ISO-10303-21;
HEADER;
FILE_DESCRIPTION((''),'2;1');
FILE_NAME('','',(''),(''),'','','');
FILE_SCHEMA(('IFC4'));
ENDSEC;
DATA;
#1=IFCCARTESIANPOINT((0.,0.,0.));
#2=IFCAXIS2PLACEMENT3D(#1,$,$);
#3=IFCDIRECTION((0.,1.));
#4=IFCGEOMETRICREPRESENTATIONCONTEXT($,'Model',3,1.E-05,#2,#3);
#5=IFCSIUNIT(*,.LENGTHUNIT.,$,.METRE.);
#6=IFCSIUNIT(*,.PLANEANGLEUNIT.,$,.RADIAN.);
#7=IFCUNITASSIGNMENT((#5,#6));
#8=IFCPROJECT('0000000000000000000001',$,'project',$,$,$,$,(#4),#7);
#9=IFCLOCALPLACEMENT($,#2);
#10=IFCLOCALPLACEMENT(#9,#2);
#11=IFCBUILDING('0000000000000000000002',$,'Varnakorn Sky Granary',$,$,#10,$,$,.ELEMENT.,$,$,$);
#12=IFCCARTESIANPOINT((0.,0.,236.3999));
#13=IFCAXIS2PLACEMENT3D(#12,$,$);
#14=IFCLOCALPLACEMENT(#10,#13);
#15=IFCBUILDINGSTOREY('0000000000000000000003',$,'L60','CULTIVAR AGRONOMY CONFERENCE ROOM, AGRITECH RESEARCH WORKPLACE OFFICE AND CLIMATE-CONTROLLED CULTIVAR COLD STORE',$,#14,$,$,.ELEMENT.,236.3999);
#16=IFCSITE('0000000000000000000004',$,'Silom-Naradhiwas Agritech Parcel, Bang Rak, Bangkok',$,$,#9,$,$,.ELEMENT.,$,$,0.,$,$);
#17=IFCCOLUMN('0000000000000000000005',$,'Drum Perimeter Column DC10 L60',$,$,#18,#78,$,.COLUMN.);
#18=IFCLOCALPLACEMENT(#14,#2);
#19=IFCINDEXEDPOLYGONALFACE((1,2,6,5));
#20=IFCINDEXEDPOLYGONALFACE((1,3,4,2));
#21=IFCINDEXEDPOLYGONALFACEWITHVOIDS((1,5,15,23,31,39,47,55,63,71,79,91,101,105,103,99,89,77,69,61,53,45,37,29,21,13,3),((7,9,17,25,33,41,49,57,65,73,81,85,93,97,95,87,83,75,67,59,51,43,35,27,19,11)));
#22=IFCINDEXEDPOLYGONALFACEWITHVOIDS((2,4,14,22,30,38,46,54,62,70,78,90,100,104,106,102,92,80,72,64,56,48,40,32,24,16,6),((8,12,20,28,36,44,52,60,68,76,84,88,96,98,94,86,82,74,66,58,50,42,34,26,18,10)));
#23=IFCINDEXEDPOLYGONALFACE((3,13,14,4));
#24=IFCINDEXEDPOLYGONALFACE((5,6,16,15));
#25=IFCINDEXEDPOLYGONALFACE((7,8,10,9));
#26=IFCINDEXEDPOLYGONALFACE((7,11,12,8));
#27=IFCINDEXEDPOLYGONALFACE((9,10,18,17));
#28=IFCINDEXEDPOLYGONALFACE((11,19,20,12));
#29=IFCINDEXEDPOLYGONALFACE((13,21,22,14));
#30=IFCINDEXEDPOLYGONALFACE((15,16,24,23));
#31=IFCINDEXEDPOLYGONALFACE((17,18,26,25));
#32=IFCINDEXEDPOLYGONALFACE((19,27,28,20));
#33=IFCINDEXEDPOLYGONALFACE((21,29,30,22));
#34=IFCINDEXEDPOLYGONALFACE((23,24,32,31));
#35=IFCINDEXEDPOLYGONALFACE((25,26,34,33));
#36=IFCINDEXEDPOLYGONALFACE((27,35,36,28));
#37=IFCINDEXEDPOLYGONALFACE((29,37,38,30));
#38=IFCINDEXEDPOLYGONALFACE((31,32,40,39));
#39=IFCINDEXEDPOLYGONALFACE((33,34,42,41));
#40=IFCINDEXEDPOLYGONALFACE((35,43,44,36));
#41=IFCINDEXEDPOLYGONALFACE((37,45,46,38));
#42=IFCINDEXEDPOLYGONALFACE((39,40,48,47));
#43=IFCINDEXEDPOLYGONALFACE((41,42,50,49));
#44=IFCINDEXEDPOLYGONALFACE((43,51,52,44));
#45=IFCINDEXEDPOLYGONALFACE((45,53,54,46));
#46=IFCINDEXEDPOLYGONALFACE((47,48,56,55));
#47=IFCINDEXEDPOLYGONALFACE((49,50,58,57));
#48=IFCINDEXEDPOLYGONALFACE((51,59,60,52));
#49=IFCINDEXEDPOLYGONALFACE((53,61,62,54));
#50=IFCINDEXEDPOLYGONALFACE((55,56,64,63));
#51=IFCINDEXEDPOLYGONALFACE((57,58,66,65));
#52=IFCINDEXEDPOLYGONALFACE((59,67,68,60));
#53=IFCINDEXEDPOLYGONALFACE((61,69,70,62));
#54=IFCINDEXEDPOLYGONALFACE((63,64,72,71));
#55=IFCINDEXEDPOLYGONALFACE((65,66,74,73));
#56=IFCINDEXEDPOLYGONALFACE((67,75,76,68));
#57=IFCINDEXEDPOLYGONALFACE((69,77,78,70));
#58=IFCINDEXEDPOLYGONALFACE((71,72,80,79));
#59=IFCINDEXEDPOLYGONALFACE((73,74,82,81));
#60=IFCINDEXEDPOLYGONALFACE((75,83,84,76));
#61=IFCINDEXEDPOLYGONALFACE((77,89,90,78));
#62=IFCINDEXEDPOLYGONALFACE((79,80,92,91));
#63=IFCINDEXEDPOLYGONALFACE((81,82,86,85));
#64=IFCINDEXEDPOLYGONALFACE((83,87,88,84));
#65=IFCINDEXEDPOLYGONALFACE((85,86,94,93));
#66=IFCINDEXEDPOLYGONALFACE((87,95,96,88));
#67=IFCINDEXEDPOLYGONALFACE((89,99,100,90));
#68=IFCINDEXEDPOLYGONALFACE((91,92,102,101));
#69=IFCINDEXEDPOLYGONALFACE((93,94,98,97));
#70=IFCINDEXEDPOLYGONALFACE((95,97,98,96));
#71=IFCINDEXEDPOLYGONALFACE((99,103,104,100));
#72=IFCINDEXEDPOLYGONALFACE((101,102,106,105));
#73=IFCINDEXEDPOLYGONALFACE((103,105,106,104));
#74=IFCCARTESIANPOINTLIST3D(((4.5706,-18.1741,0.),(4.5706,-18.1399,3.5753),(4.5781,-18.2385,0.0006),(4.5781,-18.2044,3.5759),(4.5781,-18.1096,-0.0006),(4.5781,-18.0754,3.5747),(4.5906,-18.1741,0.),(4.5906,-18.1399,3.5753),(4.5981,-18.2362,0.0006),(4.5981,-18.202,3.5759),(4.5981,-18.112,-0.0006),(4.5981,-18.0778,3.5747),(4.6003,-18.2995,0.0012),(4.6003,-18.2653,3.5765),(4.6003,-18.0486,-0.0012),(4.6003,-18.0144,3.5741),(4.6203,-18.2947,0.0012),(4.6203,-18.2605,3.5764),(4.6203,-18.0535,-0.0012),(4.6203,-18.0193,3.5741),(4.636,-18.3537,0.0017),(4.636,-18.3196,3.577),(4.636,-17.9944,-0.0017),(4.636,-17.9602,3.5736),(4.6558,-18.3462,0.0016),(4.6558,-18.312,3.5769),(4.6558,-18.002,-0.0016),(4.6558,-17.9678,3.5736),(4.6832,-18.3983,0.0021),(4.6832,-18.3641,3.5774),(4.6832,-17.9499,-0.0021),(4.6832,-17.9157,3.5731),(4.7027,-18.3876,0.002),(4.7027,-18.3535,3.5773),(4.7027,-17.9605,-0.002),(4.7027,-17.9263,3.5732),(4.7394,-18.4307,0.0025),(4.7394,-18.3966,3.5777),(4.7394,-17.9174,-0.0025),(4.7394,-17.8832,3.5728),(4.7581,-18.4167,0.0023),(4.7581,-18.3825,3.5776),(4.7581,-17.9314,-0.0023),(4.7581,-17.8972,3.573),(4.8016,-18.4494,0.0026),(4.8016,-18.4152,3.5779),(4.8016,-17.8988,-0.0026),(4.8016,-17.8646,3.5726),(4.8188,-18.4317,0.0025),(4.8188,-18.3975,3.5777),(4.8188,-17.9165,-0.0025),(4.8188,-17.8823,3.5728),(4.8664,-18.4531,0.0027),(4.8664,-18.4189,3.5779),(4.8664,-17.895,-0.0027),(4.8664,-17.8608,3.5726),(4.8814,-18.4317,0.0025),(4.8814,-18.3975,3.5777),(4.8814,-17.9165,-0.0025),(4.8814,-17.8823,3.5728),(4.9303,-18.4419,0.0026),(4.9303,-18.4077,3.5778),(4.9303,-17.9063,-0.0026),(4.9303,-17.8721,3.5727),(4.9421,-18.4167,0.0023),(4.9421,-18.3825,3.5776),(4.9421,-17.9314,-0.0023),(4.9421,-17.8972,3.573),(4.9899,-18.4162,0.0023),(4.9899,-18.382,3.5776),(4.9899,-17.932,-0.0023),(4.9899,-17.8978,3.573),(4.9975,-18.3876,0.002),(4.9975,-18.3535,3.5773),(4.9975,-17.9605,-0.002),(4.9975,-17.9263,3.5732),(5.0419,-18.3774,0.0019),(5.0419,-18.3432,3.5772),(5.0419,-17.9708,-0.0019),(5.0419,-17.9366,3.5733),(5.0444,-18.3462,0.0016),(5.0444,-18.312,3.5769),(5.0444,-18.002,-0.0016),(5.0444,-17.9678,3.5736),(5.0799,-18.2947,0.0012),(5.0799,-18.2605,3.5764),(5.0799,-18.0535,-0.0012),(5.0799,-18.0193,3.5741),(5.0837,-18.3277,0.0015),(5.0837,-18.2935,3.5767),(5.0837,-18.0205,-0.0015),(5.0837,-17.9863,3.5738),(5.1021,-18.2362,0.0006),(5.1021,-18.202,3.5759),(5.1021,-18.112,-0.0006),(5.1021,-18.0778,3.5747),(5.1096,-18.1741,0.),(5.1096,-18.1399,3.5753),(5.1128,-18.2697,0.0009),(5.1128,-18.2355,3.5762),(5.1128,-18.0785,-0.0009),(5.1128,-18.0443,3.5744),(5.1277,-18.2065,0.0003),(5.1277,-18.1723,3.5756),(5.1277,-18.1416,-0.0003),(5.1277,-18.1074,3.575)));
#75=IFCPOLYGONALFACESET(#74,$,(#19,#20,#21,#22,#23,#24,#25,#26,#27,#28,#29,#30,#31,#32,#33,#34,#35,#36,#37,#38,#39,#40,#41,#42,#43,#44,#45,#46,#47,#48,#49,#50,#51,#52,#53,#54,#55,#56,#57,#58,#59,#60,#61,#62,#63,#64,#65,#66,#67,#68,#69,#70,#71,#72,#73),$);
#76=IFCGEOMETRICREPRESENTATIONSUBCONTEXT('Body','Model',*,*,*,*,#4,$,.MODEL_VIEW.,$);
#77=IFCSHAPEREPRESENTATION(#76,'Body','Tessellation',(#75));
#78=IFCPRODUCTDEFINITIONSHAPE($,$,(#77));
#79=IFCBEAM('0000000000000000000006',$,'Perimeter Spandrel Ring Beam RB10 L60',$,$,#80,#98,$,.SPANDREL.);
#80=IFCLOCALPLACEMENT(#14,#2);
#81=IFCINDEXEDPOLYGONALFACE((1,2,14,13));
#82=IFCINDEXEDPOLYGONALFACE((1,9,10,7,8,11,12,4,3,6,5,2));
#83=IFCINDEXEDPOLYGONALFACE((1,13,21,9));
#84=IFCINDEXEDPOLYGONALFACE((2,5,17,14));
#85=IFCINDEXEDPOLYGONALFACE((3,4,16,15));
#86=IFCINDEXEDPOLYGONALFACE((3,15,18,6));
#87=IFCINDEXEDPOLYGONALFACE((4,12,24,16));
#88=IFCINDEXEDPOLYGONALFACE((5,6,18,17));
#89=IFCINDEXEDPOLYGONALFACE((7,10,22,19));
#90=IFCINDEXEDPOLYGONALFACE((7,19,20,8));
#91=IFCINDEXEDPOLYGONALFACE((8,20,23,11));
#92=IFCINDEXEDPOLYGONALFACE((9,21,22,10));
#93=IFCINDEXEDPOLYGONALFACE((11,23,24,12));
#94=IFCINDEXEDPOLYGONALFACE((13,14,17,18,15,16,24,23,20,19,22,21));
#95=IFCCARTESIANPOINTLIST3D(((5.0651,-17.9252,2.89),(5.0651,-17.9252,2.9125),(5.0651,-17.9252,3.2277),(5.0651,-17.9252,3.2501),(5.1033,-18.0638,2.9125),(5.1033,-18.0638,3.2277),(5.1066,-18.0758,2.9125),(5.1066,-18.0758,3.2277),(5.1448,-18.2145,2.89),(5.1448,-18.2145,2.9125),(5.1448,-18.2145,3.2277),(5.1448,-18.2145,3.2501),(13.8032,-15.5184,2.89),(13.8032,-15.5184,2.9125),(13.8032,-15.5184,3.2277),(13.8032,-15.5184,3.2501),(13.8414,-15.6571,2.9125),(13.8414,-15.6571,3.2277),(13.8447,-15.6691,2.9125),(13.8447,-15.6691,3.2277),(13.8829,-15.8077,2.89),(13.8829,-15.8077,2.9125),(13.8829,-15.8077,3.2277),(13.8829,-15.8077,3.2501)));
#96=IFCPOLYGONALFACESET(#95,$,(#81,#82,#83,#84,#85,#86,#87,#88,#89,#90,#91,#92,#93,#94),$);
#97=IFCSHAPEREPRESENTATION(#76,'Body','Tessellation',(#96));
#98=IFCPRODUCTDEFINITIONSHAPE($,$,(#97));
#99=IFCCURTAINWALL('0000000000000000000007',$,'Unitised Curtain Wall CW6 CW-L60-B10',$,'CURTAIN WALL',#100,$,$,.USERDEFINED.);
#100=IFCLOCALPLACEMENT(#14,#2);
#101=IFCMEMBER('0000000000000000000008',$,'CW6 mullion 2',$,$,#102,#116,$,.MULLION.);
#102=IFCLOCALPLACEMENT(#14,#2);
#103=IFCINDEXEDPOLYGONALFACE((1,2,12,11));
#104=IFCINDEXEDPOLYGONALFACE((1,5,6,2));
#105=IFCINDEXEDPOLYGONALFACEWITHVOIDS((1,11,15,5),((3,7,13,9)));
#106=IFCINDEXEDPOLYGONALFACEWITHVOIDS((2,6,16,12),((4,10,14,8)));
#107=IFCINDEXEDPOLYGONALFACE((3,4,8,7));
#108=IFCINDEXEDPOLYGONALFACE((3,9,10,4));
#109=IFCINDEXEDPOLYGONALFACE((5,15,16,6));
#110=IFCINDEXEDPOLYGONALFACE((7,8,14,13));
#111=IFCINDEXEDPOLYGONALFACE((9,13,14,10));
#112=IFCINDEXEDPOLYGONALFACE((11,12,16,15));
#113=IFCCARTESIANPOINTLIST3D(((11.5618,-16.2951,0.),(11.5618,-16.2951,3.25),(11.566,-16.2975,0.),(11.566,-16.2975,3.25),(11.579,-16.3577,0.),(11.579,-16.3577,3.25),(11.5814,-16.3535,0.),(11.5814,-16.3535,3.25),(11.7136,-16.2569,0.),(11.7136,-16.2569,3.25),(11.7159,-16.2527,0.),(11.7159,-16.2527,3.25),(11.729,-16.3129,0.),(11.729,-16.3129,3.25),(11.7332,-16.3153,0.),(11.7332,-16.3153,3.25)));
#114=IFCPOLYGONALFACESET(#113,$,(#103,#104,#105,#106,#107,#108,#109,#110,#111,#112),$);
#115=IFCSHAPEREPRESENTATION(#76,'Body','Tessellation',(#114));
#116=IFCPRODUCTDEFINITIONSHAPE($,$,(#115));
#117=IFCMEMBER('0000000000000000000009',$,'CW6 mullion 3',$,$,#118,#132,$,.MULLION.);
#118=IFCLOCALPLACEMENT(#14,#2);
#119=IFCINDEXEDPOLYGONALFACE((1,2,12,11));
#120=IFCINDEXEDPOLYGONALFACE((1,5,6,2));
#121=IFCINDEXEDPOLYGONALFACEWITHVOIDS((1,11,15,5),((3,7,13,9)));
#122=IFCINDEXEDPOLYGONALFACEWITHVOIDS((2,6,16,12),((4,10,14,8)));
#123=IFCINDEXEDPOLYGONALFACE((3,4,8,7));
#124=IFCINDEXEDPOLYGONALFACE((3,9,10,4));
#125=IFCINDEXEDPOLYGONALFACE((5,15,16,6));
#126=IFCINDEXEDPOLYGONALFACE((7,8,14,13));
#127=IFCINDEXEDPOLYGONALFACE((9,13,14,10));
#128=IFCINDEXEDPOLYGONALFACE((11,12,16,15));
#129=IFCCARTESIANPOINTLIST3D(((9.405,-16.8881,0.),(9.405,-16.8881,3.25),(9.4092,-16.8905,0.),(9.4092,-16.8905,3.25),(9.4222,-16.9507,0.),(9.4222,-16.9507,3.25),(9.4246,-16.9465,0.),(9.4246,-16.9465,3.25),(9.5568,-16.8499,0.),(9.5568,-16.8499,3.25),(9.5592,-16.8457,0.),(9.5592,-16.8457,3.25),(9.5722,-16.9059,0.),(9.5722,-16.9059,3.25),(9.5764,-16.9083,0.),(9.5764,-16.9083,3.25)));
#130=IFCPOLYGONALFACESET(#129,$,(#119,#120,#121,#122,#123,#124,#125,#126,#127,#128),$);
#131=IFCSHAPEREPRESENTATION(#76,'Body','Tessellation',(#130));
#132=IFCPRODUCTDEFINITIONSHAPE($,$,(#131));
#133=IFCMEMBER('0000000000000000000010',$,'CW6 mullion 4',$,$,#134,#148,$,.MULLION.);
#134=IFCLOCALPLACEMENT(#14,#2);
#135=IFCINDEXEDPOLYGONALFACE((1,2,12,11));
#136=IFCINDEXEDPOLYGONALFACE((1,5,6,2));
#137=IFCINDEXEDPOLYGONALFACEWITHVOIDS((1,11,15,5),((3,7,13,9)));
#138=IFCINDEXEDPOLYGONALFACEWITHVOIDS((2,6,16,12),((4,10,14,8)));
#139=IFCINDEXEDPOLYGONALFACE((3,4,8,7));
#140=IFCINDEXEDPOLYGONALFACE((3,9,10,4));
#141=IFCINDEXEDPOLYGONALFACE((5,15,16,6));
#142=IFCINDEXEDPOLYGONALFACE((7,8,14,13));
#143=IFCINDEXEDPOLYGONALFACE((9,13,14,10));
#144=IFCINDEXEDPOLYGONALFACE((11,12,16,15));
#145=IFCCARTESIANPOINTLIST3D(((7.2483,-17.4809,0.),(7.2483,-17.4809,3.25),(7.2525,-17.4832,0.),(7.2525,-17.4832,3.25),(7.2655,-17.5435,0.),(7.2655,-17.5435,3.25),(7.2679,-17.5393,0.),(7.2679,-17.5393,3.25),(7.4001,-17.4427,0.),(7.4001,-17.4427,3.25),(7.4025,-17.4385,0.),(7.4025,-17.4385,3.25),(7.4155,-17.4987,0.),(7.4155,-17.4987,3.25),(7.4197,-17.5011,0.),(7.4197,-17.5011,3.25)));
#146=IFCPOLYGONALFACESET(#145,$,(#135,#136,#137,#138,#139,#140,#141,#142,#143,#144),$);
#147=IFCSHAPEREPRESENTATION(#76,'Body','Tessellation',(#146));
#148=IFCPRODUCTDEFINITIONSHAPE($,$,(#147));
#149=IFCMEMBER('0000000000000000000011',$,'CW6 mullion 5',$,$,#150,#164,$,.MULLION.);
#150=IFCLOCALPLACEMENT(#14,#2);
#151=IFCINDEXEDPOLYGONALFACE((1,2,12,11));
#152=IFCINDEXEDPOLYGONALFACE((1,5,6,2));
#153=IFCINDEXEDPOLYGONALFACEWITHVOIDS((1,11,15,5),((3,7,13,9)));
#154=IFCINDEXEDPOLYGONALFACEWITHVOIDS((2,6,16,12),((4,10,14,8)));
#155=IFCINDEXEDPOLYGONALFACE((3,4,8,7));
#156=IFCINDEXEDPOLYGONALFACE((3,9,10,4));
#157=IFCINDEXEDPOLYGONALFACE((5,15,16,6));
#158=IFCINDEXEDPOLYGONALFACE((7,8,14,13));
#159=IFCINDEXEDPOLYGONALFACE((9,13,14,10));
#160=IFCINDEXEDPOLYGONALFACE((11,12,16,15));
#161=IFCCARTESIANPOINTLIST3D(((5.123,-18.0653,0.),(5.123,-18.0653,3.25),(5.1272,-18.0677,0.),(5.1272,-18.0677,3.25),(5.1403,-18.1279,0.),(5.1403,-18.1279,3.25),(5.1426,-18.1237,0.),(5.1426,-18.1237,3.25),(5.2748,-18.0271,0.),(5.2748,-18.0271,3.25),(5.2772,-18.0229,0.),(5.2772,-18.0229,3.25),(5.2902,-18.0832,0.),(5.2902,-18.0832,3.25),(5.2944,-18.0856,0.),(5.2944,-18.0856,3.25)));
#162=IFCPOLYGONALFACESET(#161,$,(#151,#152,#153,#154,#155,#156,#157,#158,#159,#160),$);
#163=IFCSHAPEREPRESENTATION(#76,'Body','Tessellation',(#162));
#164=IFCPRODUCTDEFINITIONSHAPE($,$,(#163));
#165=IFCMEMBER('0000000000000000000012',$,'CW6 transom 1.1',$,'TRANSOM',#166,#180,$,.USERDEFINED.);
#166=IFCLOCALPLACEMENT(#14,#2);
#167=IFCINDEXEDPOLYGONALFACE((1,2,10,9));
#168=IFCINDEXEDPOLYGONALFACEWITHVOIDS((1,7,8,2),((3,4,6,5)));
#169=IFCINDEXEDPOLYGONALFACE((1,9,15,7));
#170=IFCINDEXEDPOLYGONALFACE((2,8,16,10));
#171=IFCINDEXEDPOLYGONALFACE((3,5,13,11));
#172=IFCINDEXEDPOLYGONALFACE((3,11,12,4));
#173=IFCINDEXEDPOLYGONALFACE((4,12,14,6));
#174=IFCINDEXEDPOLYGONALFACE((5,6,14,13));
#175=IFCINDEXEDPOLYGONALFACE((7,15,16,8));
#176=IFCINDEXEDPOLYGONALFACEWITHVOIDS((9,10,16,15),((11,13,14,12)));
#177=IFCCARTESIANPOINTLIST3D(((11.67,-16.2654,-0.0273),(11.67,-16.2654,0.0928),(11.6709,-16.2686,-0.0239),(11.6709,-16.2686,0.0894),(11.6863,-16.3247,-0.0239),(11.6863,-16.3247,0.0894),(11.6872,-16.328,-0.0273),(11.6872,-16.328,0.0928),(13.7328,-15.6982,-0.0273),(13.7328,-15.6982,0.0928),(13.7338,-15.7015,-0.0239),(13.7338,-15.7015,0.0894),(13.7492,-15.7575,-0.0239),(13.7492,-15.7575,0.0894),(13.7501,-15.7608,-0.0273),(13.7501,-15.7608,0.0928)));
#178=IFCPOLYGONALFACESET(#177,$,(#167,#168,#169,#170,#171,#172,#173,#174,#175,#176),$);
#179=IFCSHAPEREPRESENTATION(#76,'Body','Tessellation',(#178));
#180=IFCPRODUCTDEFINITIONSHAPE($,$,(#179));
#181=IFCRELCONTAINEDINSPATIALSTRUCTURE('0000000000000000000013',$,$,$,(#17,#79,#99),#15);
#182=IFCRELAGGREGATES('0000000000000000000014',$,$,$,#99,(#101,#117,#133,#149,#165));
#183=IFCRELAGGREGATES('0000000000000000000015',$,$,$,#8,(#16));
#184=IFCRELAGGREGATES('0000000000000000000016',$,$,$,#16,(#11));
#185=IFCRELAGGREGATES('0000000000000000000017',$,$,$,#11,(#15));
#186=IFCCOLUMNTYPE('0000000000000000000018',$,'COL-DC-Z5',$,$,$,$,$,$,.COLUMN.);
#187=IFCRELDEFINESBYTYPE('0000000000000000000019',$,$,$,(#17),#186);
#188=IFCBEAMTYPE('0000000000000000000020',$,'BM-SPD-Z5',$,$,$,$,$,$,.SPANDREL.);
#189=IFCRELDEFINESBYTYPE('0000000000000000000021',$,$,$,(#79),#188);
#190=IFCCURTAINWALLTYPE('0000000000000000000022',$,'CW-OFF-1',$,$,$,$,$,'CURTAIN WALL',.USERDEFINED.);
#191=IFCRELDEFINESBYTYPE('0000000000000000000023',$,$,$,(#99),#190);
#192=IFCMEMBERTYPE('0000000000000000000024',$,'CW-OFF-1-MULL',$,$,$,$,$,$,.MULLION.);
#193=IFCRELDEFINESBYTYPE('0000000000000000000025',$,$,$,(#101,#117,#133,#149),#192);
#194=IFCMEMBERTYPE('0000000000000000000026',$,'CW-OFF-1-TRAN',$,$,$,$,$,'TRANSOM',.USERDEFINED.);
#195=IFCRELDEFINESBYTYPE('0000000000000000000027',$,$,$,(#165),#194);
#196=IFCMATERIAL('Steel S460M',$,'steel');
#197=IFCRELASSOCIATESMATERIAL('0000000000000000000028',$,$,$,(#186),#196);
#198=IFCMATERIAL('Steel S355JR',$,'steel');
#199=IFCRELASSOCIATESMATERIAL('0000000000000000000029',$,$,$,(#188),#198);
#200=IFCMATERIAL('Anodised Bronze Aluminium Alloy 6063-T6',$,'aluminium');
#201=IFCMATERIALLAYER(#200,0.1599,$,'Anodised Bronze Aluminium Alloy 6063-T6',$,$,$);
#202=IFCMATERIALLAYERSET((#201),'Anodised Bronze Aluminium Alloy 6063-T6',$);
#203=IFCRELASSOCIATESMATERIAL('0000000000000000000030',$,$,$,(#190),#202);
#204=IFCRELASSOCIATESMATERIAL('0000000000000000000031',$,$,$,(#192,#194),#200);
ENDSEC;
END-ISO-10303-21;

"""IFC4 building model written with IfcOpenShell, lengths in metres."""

from ifc_helpers import new_model, si_unit, direction, frame, origin, origin_2d, place, context, subcontext, project, spatial, hollow_rectangle, hollow_circle, i_section, extrude, material, layer, layer_set, material_profile, profile_set, type_object, element, aggregate, save


model = new_model("IFC4")

# Units and contexts
model_context = context("Model", 3, precision=1e-05, world=origin(), true_north=direction((0.0, 1.0)))
body_context = subcontext(model_context, "Body", "Model", "MODEL_VIEW")
ifc_project = project(units=[si_unit("LENGTHUNIT", "METRE"), si_unit("PLANEANGLEUNIT", "RADIAN")], contexts=[model_context])

# Site, building, storey
site_placement = place(None, origin())
site = spatial("IfcSite", under=ifc_project, at=site_placement, Name="Silom-Naradhiwas Agritech Parcel, Bang Rak, Bangkok", CompositionType="ELEMENT", RefElevation=0.0)
building_placement = place(site_placement, origin())
building = spatial("IfcBuilding", under=site, at=building_placement, Name="Varnakorn Sky Granary", CompositionType="ELEMENT")
storey_placement = place(building_placement, frame((0.0, 0.0, 236.3999)))
storey = spatial("IfcBuildingStorey", under=building, at=storey_placement, Name="L60", Description="CULTIVAR AGRONOMY CONFERENCE ROOM, AGRITECH RESEARCH WORKPLACE OFFICE AND CLIMATE-CONTROLLED CULTIVAR COLD STORE", CompositionType="ELEMENT", Elevation=236.3999)

# Column
ifc_material_1 = material(Name="Steel S460M", Category="steel")
ifc_material_profile_1 = material_profile(ifc_material_1, hollow_circle(Radius=0.2795, WallThickness=0.02, at=origin_2d()), Name="CHS 559x20")
ifc_profile_set_1 = profile_set([ifc_material_profile_1], Name="Steel S460M")
column_type = type_object("IfcColumnType", Name="COL-DC-Z5", PredefinedType="COLUMN", material=ifc_profile_set_1)
column_placement = place(storey_placement, frame((4.8501, -18.1741, 0.0), z_axis=(0.0, 0.00956, 0.999954), x_axis=(-1.0, 0.0, 0.0)))
element("IfcColumn", 1, at=column_placement, inside=storey, type_object=column_type, Name="Drum Perimeter Column DC10 L60", PredefinedType="COLUMN", context=body_context, shape_type="SweptSolid", body=[
    extrude(hollow_circle(Radius=0.2795, WallThickness=0.02, at=origin_2d()), origin(), (0.0, 0.0, 1.0), 3.5754),
])

# Beam
ifc_material_2 = material(Name="Steel S355JR", Category="steel")
ifc_material_profile_2 = material_profile(ifc_material_2, i_section(OverallWidth=0.3, OverallDepth=0.3601, WebThickness=0.0125, FlangeThickness=0.0225, at=origin_2d()), Name="HE 360 B")
ifc_profile_set_2 = profile_set([ifc_material_profile_2], Name="Steel S355JR")
beam_type = type_object("IfcBeamType", Name="BM-SPD-Z5", PredefinedType="SPANDREL", material=ifc_profile_set_2)
beam_placement = place(storey_placement, frame((5.105, -18.0698, 3.0701), z_axis=(0.964099, 0.265544, 0.0), x_axis=(-0.265544, 0.964099, 0.0)))
element("IfcBeam", 2, at=beam_placement, inside=storey, type_object=beam_type, Name="Perimeter Spandrel Ring Beam RB10 L60", PredefinedType="SPANDREL", context=body_context, shape_type="SweptSolid", body=[
    extrude(i_section(OverallWidth=0.3, OverallDepth=0.3601, WebThickness=0.0125, FlangeThickness=0.0225, at=origin_2d()), origin(), (0.0, 0.0, 1.0), 9.0635),
])

# Curtain wall, members
ifc_material_3 = material(Name="Anodised Bronze Aluminium Alloy 6063-T6", Category="aluminium")
ifc_layer_1 = layer(ifc_material_3, 0.1599, Name="Anodised Bronze Aluminium Alloy 6063-T6")
ifc_layer_set_1 = layer_set([ifc_layer_1], Name="Anodised Bronze Aluminium Alloy 6063-T6")
curtain_wall_type = type_object("IfcCurtainWallType", Name="CW-OFF-1", ElementType="CURTAIN WALL", PredefinedType="USERDEFINED", material=ifc_layer_set_1)
curtain_wall_placement = place(storey_placement, origin())
curtain_wall = element("IfcCurtainWall", 3, at=curtain_wall_placement, inside=storey, type_object=curtain_wall_type, Name="Unitised Curtain Wall CW6 CW-L60-B10", ObjectType="CURTAIN WALL", PredefinedType="USERDEFINED")
ifc_material_profile_3 = material_profile(ifc_material_3, hollow_rectangle(XDim=0.0649, YDim=0.1599, WallThickness=0.0034, at=origin_2d()), Name="ALU MULL 65x160")
ifc_profile_set_3 = profile_set([ifc_material_profile_3], Name="Anodised Bronze Aluminium Alloy 6063-T6")
member_type_1 = type_object("IfcMemberType", Name="CW-OFF-1-MULL", PredefinedType="MULLION", material=ifc_profile_set_3)
member_1_placement = place(storey_placement, frame((11.6475, -16.3052, 0.0), z_axis=(0.0, 0.0, 1.0), x_axis=(0.2651, -0.964221, 0.0)))
member_1 = element("IfcMember", 4, at=member_1_placement, type_object=member_type_1, Name="CW6 mullion 2", PredefinedType="MULLION", context=body_context, shape_type="SweptSolid", body=[
    extrude(hollow_rectangle(XDim=0.0649, YDim=0.1599, WallThickness=0.0034, at=origin_2d()), origin(), (0.0, 0.0, 1.0), 3.25),
])
member_2_placement = place(storey_placement, frame((9.4907, -16.8982, 0.0), z_axis=(0.0, 0.0, 1.0), x_axis=(0.2651, -0.964221, 0.0)))
member_2 = element("IfcMember", 5, at=member_2_placement, type_object=member_type_1, Name="CW6 mullion 3", PredefinedType="MULLION", context=body_context, shape_type="SweptSolid", body=[
    extrude(hollow_rectangle(XDim=0.0649, YDim=0.1599, WallThickness=0.0034, at=origin_2d()), origin(), (0.0, 0.0, 1.0), 3.25),
])
member_3_placement = place(storey_placement, frame((7.334, -17.491, 0.0), z_axis=(0.0, 0.0, 1.0), x_axis=(0.2651, -0.964221, 0.0)))
member_3 = element("IfcMember", 6, at=member_3_placement, type_object=member_type_1, Name="CW6 mullion 4", PredefinedType="MULLION", context=body_context, shape_type="SweptSolid", body=[
    extrude(hollow_rectangle(XDim=0.0649, YDim=0.1599, WallThickness=0.0034, at=origin_2d()), origin(), (0.0, 0.0, 1.0), 3.25),
])
member_4_placement = place(storey_placement, frame((5.2087, -18.0754, 0.0), z_axis=(0.0, 0.0, 1.0), x_axis=(0.2651, -0.964221, 0.0)))
member_4 = element("IfcMember", 7, at=member_4_placement, type_object=member_type_1, Name="CW6 mullion 5", PredefinedType="MULLION", context=body_context, shape_type="SweptSolid", body=[
    extrude(hollow_rectangle(XDim=0.0649, YDim=0.1599, WallThickness=0.0034, at=origin_2d()), origin(), (0.0, 0.0, 1.0), 3.25),
])
ifc_material_profile_4 = material_profile(ifc_material_3, hollow_rectangle(XDim=0.0649, YDim=0.1201, WallThickness=0.0034, at=origin_2d()), Name="ALU TRAN 65x120")
ifc_profile_set_4 = profile_set([ifc_material_profile_4], Name="Anodised Bronze Aluminium Alloy 6063-T6")
member_type_2 = type_object("IfcMemberType", Name="CW-OFF-1-TRAN", ElementType="TRANSOM", PredefinedType="USERDEFINED", material=ifc_profile_set_4)
member_5_placement = place(storey_placement, frame((13.7415, -15.7295, 0.0327), z_axis=(-0.964219, -0.265106, 0.0), x_axis=(0.265106, -0.964219, 0.0)))
member_5 = element("IfcMember", 8, at=member_5_placement, type_object=member_type_2, Name="CW6 transom 1.1", ObjectType="TRANSOM", PredefinedType="USERDEFINED", context=body_context, shape_type="SweptSolid", body=[
    extrude(hollow_rectangle(XDim=0.0649, YDim=0.1201, WallThickness=0.0034, at=origin_2d()), origin(), (0.0, 0.0, 1.0), 2.1394),
])
aggregate(curtain_wall, [member_1, member_2, member_3, member_4, member_5])

save(model, "model.ifc")
